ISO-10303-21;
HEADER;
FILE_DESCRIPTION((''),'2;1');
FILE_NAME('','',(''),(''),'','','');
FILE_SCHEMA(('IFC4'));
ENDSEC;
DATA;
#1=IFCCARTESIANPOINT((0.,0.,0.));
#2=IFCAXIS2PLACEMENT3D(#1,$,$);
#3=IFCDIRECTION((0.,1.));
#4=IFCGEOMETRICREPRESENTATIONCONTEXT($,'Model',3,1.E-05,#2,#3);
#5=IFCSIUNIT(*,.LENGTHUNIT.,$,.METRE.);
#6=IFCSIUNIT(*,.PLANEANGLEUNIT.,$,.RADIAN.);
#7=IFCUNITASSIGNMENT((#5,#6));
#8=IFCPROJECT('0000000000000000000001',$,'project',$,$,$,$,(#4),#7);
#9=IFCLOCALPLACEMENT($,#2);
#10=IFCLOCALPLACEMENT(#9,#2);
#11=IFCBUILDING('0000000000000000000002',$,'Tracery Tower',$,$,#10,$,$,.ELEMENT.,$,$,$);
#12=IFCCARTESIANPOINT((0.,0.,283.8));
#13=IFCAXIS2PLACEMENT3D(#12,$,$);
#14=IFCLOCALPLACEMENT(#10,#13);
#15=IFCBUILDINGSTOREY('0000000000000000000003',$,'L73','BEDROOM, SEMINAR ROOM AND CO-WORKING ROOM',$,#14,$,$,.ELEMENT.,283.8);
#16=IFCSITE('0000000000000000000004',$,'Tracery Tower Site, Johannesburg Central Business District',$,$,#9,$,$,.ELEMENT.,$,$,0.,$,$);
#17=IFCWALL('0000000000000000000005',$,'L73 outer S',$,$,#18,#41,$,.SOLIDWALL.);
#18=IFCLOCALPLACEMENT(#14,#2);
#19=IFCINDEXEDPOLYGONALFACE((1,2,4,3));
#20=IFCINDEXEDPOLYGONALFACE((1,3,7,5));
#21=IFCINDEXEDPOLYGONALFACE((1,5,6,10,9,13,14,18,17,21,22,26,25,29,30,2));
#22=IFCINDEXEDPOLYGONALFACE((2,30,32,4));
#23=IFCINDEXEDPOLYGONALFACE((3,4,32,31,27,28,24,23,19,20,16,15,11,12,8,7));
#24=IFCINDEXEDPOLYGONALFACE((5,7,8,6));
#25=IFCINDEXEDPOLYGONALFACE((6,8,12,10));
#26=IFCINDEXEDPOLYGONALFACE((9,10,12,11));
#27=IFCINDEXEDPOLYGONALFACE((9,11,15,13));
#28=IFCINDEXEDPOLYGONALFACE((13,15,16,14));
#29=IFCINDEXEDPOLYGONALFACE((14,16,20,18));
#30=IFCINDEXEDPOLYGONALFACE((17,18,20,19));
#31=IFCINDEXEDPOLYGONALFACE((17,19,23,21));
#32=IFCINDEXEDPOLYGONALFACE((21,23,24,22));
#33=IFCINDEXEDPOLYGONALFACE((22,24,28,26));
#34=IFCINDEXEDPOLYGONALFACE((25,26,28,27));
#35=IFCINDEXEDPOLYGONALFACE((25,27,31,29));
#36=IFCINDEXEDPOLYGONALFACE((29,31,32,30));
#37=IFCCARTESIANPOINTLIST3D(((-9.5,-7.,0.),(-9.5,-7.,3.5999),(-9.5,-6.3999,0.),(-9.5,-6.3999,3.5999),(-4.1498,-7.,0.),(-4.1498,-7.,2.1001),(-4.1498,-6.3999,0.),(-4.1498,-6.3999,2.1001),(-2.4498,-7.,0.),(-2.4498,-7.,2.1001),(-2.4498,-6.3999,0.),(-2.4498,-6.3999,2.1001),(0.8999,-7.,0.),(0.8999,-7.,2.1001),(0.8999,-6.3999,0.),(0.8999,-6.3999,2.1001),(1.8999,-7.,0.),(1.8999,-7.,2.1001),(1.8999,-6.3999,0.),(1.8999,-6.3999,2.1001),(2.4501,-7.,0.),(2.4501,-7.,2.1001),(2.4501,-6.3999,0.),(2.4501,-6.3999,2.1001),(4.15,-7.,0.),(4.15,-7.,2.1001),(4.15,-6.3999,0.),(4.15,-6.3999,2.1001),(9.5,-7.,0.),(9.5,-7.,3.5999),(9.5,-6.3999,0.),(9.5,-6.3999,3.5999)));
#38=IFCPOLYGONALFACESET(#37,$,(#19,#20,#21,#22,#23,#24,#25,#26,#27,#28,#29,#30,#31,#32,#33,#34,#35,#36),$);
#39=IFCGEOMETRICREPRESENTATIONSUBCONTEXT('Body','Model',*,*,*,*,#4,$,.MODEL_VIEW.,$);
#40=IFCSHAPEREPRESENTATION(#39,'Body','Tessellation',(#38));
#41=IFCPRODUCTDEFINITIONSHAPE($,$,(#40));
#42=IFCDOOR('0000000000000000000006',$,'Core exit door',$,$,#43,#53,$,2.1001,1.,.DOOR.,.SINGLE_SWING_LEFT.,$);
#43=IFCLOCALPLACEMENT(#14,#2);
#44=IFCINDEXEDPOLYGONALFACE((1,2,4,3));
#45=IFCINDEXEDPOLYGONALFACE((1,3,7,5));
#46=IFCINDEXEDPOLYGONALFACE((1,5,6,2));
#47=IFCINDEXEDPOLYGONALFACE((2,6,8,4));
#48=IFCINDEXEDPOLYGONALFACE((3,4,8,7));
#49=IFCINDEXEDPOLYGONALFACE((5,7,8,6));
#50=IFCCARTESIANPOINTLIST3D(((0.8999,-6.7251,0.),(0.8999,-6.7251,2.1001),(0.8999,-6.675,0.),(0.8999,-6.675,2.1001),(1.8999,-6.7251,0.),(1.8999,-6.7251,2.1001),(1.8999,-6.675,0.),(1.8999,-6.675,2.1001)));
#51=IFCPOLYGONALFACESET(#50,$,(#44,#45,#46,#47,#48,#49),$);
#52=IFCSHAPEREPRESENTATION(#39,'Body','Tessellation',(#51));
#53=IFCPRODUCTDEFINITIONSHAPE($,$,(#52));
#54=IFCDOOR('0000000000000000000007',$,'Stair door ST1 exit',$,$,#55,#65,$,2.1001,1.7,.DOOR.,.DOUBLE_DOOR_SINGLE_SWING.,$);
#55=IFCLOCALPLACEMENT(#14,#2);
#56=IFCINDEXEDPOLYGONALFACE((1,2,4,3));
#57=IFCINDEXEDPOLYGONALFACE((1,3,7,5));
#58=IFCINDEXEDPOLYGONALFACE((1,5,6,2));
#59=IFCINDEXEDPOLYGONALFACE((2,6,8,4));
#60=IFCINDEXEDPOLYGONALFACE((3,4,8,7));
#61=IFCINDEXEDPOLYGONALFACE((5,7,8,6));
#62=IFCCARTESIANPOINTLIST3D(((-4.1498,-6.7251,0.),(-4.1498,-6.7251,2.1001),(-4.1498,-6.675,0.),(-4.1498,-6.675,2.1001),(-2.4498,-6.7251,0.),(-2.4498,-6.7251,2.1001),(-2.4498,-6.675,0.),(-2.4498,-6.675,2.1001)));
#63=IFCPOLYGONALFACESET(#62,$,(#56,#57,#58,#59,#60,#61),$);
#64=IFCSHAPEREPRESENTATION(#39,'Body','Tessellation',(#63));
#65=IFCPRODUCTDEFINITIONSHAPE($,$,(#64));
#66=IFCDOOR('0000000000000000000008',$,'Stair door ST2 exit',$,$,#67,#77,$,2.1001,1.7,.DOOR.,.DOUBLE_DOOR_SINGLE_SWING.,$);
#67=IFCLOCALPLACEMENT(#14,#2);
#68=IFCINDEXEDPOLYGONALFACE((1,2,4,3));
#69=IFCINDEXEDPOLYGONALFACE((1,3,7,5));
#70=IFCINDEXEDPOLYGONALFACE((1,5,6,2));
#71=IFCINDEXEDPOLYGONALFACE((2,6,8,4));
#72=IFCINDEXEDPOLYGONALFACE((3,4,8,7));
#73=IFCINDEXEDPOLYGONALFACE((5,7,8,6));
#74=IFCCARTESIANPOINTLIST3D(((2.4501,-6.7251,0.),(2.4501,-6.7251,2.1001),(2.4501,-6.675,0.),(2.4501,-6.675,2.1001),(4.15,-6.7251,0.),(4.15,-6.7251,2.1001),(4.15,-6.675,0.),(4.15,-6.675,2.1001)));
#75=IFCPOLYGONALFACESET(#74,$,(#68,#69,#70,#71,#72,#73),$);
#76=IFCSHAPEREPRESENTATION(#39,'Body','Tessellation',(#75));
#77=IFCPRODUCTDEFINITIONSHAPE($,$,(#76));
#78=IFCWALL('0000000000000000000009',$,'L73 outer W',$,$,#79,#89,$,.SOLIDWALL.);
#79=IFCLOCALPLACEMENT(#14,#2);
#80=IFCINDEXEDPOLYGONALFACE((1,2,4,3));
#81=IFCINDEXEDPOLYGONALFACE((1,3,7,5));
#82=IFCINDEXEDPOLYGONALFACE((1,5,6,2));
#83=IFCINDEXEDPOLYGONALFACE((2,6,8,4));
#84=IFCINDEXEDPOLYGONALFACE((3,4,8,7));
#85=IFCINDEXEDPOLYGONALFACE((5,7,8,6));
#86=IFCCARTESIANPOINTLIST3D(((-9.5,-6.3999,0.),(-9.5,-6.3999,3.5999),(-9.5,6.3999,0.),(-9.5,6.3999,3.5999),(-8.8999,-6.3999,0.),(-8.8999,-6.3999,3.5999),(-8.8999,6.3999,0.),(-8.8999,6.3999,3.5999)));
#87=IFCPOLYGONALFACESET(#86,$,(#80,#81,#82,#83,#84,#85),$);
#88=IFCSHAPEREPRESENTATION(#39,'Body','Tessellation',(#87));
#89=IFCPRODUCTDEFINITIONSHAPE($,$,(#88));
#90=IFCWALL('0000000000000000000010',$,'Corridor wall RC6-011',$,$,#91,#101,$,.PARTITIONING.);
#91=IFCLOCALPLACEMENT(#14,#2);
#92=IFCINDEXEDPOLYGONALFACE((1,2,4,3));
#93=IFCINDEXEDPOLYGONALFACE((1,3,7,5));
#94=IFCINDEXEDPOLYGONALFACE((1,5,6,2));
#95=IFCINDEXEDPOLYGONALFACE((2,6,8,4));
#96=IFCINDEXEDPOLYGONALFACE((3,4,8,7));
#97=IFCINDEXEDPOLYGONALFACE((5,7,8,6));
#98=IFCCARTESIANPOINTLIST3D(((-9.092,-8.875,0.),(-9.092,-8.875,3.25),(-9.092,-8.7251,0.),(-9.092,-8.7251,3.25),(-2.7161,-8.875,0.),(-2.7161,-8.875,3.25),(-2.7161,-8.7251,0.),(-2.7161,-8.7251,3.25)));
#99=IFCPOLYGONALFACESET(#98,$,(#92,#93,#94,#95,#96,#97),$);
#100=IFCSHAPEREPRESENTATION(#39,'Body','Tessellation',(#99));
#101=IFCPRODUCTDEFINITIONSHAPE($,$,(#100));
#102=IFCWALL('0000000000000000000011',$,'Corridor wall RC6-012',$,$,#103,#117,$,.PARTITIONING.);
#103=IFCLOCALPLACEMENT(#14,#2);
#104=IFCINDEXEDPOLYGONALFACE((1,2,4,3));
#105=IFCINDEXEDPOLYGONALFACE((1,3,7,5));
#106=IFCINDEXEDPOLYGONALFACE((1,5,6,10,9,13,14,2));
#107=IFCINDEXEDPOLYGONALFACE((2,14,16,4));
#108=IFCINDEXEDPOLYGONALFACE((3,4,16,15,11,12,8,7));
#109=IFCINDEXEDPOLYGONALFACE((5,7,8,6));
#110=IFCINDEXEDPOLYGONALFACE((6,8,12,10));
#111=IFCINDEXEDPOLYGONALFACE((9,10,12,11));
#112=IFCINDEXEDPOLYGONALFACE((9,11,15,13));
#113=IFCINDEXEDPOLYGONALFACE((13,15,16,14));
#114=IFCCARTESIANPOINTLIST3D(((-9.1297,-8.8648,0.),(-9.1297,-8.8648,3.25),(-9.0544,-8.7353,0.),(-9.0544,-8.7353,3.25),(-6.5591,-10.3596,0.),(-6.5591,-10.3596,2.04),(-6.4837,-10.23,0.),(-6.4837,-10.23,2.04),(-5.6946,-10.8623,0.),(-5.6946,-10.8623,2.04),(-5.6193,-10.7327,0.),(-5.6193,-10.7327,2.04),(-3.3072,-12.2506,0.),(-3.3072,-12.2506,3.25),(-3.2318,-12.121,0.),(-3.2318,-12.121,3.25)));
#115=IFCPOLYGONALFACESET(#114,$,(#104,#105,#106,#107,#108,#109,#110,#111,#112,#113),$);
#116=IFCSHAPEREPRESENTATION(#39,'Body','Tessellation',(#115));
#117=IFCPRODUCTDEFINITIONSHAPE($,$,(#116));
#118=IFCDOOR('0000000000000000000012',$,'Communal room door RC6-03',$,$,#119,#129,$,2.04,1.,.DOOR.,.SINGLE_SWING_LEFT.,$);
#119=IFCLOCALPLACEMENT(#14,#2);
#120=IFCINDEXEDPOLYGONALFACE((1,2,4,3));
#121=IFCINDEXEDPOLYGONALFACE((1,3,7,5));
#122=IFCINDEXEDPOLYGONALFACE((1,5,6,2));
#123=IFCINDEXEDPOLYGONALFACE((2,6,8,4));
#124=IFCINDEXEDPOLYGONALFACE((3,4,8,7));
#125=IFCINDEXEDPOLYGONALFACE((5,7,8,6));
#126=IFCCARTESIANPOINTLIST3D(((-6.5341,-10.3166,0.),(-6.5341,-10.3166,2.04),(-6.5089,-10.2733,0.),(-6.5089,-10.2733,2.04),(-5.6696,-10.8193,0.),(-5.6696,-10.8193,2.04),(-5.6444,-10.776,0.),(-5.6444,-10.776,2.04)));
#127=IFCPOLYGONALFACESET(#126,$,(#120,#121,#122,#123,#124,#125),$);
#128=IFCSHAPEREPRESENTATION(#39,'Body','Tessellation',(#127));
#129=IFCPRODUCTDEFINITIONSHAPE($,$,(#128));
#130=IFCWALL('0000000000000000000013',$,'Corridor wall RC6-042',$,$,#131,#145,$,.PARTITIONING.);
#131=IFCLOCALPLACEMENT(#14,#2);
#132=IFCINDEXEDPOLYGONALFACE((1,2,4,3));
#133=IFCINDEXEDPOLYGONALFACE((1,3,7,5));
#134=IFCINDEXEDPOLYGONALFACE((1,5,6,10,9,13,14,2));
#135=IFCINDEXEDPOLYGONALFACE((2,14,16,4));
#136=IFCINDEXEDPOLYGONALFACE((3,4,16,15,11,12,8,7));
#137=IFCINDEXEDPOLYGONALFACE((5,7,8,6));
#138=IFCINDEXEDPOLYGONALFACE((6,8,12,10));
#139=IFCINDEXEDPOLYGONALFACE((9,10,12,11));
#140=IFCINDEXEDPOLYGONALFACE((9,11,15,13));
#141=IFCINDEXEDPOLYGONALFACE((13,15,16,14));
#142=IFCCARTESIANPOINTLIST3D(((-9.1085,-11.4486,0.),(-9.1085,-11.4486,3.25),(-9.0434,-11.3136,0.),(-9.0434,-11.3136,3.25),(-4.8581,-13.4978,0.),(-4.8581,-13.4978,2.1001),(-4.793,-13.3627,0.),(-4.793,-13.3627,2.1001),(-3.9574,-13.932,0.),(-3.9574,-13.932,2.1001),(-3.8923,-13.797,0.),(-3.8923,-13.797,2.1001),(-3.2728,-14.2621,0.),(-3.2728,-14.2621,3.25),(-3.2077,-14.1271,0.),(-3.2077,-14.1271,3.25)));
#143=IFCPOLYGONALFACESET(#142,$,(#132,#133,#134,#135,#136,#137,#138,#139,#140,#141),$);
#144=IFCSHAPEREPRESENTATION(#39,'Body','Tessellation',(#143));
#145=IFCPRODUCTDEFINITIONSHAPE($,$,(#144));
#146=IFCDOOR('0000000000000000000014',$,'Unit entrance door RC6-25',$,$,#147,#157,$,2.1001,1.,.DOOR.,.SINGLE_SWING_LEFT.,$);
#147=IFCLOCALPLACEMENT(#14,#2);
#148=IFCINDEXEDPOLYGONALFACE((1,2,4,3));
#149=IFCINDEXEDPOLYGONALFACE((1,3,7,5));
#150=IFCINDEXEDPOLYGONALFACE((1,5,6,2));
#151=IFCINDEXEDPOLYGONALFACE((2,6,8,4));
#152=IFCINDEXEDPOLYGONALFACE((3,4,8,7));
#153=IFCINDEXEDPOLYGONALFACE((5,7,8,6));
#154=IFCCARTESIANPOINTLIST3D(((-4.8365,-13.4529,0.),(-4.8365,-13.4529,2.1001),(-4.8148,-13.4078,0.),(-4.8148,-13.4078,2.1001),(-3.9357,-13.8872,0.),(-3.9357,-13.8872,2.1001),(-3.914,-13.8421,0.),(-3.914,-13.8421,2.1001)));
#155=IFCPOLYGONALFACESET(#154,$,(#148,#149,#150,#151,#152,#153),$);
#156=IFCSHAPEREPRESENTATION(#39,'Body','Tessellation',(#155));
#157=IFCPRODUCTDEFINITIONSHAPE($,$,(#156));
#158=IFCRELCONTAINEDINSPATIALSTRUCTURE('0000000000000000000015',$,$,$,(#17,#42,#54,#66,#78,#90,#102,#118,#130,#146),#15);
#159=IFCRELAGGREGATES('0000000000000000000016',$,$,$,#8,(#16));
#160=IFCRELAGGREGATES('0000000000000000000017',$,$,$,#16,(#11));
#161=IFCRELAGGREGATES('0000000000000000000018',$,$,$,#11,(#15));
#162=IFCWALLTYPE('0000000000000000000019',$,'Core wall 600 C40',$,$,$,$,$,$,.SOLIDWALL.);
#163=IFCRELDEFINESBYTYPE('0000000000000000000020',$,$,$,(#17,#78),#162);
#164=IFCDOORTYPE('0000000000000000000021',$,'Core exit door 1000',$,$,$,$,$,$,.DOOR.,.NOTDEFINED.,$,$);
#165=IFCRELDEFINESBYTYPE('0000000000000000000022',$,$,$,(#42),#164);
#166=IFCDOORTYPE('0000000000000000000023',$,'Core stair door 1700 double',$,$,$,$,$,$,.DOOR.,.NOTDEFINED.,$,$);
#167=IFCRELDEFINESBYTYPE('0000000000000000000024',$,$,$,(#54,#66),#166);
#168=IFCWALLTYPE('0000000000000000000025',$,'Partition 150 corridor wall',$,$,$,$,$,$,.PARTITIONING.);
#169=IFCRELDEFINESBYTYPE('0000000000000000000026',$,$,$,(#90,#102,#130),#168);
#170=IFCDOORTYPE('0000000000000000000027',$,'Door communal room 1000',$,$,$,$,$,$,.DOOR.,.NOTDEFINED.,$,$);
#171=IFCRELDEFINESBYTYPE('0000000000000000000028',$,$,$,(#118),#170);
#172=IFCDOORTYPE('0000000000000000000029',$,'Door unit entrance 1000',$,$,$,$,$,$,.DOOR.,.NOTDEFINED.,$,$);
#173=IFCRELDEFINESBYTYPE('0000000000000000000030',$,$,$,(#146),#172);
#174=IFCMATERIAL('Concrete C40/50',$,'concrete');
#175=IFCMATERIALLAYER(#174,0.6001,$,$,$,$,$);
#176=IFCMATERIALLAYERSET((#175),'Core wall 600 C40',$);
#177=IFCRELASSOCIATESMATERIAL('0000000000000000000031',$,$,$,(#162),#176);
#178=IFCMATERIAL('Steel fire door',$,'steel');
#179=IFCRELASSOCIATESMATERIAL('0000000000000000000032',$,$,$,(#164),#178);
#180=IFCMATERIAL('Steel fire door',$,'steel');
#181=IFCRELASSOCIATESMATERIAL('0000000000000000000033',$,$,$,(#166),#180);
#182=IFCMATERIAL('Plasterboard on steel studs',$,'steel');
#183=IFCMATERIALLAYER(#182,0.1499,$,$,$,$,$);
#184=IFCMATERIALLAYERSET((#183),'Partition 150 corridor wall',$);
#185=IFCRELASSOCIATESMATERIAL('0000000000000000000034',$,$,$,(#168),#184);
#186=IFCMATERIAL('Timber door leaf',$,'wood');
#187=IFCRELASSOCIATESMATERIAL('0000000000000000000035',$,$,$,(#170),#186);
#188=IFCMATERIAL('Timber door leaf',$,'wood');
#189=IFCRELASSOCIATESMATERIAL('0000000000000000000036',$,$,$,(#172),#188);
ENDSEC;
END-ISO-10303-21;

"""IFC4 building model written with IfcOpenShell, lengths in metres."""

from ifc_helpers import new_model, si_unit, direction, frame, frame_2d, origin, place, context, subcontext, project, spatial, rectangle, extrude, material, layer, layer_set, type_object, element, fill, save


model = new_model("IFC4")

# Units and contexts
model_context = context("Model", 3, precision=1e-05, world=origin(), true_north=direction((0.0, 1.0)))
body_context = subcontext(model_context, "Body", "Model", "MODEL_VIEW")
ifc_project = project(units=[si_unit("LENGTHUNIT", "METRE"), si_unit("PLANEANGLEUNIT", "RADIAN")], contexts=[model_context])

# Site, building, storey
site_placement = place(None, origin())
site = spatial("IfcSite", under=ifc_project, at=site_placement, Name="Tracery Tower Site, Johannesburg Central Business District", CompositionType="ELEMENT", RefElevation=0.0)
building_placement = place(site_placement, origin())
building = spatial("IfcBuilding", under=site, at=building_placement, Name="Tracery Tower", CompositionType="ELEMENT")
storey_placement = place(building_placement, frame((0.0, 0.0, 283.8)))
storey = spatial("IfcBuildingStorey", under=building, at=storey_placement, Name="L73", Description="BEDROOM, SEMINAR ROOM AND CO-WORKING ROOM", CompositionType="ELEMENT", Elevation=283.8)

# Wall, openings, doors
ifc_material_1 = material(Name="Concrete C40/50", Category="concrete")
ifc_layer_1 = layer(ifc_material_1, 0.6001)
ifc_layer_set_1 = layer_set([ifc_layer_1], Name="Core wall 600 C40")
wall_type_1 = type_object("IfcWallType", Name="Core wall 600 C40", PredefinedType="SOLIDWALL", material=ifc_layer_set_1)
wall_1_placement = place(storey_placement, frame((-9.5, -6.7, 0.0), z_axis=(0.0, 0.0, 1.0), x_axis=(1.0, 0.0, 0.0)))
wall_1 = element("IfcWall", 1, at=wall_1_placement, inside=storey, type_object=wall_type_1, Name="L73 outer S", PredefinedType="SOLIDWALL", context=body_context, shape_type="SweptSolid", body=[
    extrude(rectangle(XDim=19.0, YDim=0.6001, at=frame_2d((9.5, 0.0))), origin(), (0.0, 0.0, 1.0), 3.5999),
])
opening_1_placement = place(wall_1_placement, frame((10.3999, 0.0, 0.0)))
opening_1 = element("IfcOpeningElement", 2, at=opening_1_placement, cuts=wall_1, PredefinedType="OPENING", context=body_context, shape_type="SweptSolid", body=[
    extrude(rectangle(XDim=1.0, YDim=2.1001, at=frame_2d((0.5, 1.05))), frame((0.0, 0.3, 0.0), z_axis=(0.0, -1.0, 0.0), x_axis=(1.0, 0.0, 0.0)), (0.0, 0.0, 1.0), 0.6001),
])
opening_2_placement = place(wall_1_placement, frame((5.3501, 0.0, 0.0)))
opening_2 = element("IfcOpeningElement", 3, at=opening_2_placement, cuts=wall_1, PredefinedType="OPENING", context=body_context, shape_type="SweptSolid", body=[
    extrude(rectangle(XDim=1.7, YDim=2.1001, at=frame_2d((0.8501, 1.05))), frame((0.0, 0.3, 0.0), z_axis=(0.0, -1.0, 0.0), x_axis=(1.0, 0.0, 0.0)), (0.0, 0.0, 1.0), 0.6001),
])
opening_3_placement = place(wall_1_placement, frame((11.95, 0.0, 0.0)))
opening_3 = element("IfcOpeningElement", 4, at=opening_3_placement, cuts=wall_1, PredefinedType="OPENING", context=body_context, shape_type="SweptSolid", body=[
    extrude(rectangle(XDim=1.7, YDim=2.1001, at=frame_2d((0.8501, 1.05))), frame((0.0, 0.3, 0.0), z_axis=(0.0, -1.0, 0.0), x_axis=(1.0, 0.0, 0.0)), (0.0, 0.0, 1.0), 0.6001),
])
ifc_material_2 = material(Name="Steel fire door", Category="steel")
door_type_1 = type_object("IfcDoorType", Name="Core exit door 1000", OperationType="NOTDEFINED", PredefinedType="DOOR", material=ifc_material_2)
door_1_placement = place(opening_1_placement, origin())
door_1 = element("IfcDoor", 5, at=door_1_placement, inside=storey, type_object=door_type_1, Name="Core exit door", OperationType="SINGLE_SWING_LEFT", OverallHeight=2.1001, OverallWidth=1.0, PredefinedType="DOOR", context=body_context, shape_type="SweptSolid", body=[
    extrude(rectangle(XDim=1.0, YDim=2.1001, at=frame_2d((0.5, 1.05))), frame((0.0, 0.0249, 0.0), z_axis=(0.0, -1.0, 0.0), x_axis=(1.0, 0.0, 0.0)), (0.0, 0.0, 1.0), 0.05),
])
fill(opening_1, door_1)
ifc_material_3 = material(Name="Steel fire door", Category="steel")
door_type_2 = type_object("IfcDoorType", Name="Core stair door 1700 double", OperationType="NOTDEFINED", PredefinedType="DOOR", material=ifc_material_3)
door_2_placement = place(opening_2_placement, origin())
door_2 = element("IfcDoor", 6, at=door_2_placement, inside=storey, type_object=door_type_2, Name="Stair door ST1 exit", OperationType="DOUBLE_DOOR_SINGLE_SWING", OverallHeight=2.1001, OverallWidth=1.7, PredefinedType="DOOR", context=body_context, shape_type="SweptSolid", body=[
    extrude(rectangle(XDim=1.7, YDim=2.1001, at=frame_2d((0.8501, 1.05))), frame((0.0, 0.0249, 0.0), z_axis=(0.0, -1.0, 0.0), x_axis=(1.0, 0.0, 0.0)), (0.0, 0.0, 1.0), 0.05),
])
fill(opening_2, door_2)
door_3_placement = place(opening_3_placement, origin())
door_3 = element("IfcDoor", 7, at=door_3_placement, inside=storey, type_object=door_type_2, Name="Stair door ST2 exit", OperationType="DOUBLE_DOOR_SINGLE_SWING", OverallHeight=2.1001, OverallWidth=1.7, PredefinedType="DOOR", context=body_context, shape_type="SweptSolid", body=[
    extrude(rectangle(XDim=1.7, YDim=2.1001, at=frame_2d((0.8501, 1.05))), frame((0.0, 0.0249, 0.0), z_axis=(0.0, -1.0, 0.0), x_axis=(1.0, 0.0, 0.0)), (0.0, 0.0, 1.0), 0.05),
])
fill(opening_3, door_3)

# Walls
wall_2_placement = place(storey_placement, frame((-9.2, -6.3999, 0.0), z_axis=(0.0, 0.0, 1.0), x_axis=(0.0, 1.0, 0.0)))
element("IfcWall", 8, at=wall_2_placement, inside=storey, type_object=wall_type_1, Name="L73 outer W", PredefinedType="SOLIDWALL", context=body_context, shape_type="SweptSolid", body=[
    extrude(rectangle(XDim=12.7998, YDim=0.6001, at=frame_2d((6.3999, 0.0))), origin(), (0.0, 0.0, 1.0), 3.5999),
])
ifc_material_4 = material(Name="Plasterboard on steel studs", Category="steel")
ifc_layer_2 = layer(ifc_material_4, 0.1499)
ifc_layer_set_2 = layer_set([ifc_layer_2], Name="Partition 150 corridor wall")
wall_type_2 = type_object("IfcWallType", Name="Partition 150 corridor wall", PredefinedType="PARTITIONING", material=ifc_layer_set_2)
wall_3_placement = place(storey_placement, frame((-9.092, -8.8, 0.0), z_axis=(0.0, 0.0, 1.0), x_axis=(1.0, 0.0, 0.0)))
element("IfcWall", 9, at=wall_3_placement, inside=storey, type_object=wall_type_2, Name="Corridor wall RC6-011", PredefinedType="PARTITIONING", context=body_context, shape_type="SweptSolid", body=[
    extrude(rectangle(XDim=6.376, YDim=0.1499, at=frame_2d((3.188, 0.0))), origin(), (0.0, 0.0, 1.0), 3.25),
])

# Walls, openings, doors
wall_4_placement = place(storey_placement, frame((-9.092, -8.8, 0.0), z_axis=(0.0, 0.0, 1.0), x_axis=(0.864471, -0.502683, 0.0)))
wall_4 = element("IfcWall", 10, at=wall_4_placement, inside=storey, type_object=wall_type_2, Name="Corridor wall RC6-012", PredefinedType="PARTITIONING", context=body_context, shape_type="SweptSolid", body=[
    extrude(rectangle(XDim=6.7354, YDim=0.1499, at=frame_2d((3.3677, 0.0))), origin(), (0.0, 0.0, 1.0), 3.25),
])
opening_4_placement = place(wall_4_placement, frame((2.9736, 0.0, 0.0)))
opening_4 = element("IfcOpeningElement", 11, at=opening_4_placement, cuts=wall_4, PredefinedType="OPENING", context=body_context, shape_type="SweptSolid", body=[
    extrude(rectangle(XDim=1.0, YDim=2.04, at=frame_2d((0.5, 1.02))), frame((0.0, 0.075, 0.0), z_axis=(0.0, -1.0, 0.0), x_axis=(1.0, 0.0, 0.0)), (0.0, 0.0, 1.0), 0.1499),
])
ifc_material_5 = material(Name="Timber door leaf", Category="wood")
door_type_3 = type_object("IfcDoorType", Name="Door communal room 1000", OperationType="NOTDEFINED", PredefinedType="DOOR", material=ifc_material_5)
door_4_placement = place(opening_4_placement, origin())
door_4 = element("IfcDoor", 12, at=door_4_placement, inside=storey, type_object=door_type_3, Name="Communal room door RC6-03", OperationType="SINGLE_SWING_LEFT", OverallHeight=2.04, OverallWidth=1.0, PredefinedType="DOOR", context=body_context, shape_type="SweptSolid", body=[
    extrude(rectangle(XDim=1.0, YDim=2.04, at=frame_2d((0.5, 1.02))), frame((0.0, 0.0249, 0.0), z_axis=(0.0, -1.0, 0.0), x_axis=(1.0, 0.0, 0.0)), (0.0, 0.0, 1.0), 0.05),
])
fill(opening_4, door_4)
wall_5_placement = place(storey_placement, frame((-9.0759, -11.3811, 0.0), z_axis=(0.0, 0.0, 1.0), x_axis=(0.900778, -0.434279, 0.0)))
wall_5 = element("IfcWall", 13, at=wall_5_placement, inside=storey, type_object=wall_type_2, Name="Corridor wall RC6-042", PredefinedType="PARTITIONING", context=body_context, shape_type="SweptSolid", body=[
    extrude(rectangle(XDim=6.4785, YDim=0.1499, at=frame_2d((3.2393, 0.0))), origin(), (0.0, 0.0, 1.0), 3.25),
])
opening_5_placement = place(wall_5_placement, frame((4.7185, 0.0, 0.0)))
opening_5 = element("IfcOpeningElement", 14, at=opening_5_placement, cuts=wall_5, PredefinedType="OPENING", context=body_context, shape_type="SweptSolid", body=[
    extrude(rectangle(XDim=1.0, YDim=2.1001, at=frame_2d((0.5, 1.05))), frame((0.0, 0.075, 0.0), z_axis=(0.0, -1.0, 0.0), x_axis=(1.0, 0.0, 0.0)), (0.0, 0.0, 1.0), 0.1499),
])
ifc_material_6 = material(Name="Timber door leaf", Category="wood")
door_type_4 = type_object("IfcDoorType", Name="Door unit entrance 1000", OperationType="NOTDEFINED", PredefinedType="DOOR", material=ifc_material_6)
door_5_placement = place(opening_5_placement, origin())
door_5 = element("IfcDoor", 15, at=door_5_placement, inside=storey, type_object=door_type_4, Name="Unit entrance door RC6-25", OperationType="SINGLE_SWING_LEFT", OverallHeight=2.1001, OverallWidth=1.0, PredefinedType="DOOR", context=body_context, shape_type="SweptSolid", body=[
    extrude(rectangle(XDim=1.0, YDim=2.1001, at=frame_2d((0.5, 1.05))), frame((0.0, 0.0249, 0.0), z_axis=(0.0, -1.0, 0.0), x_axis=(1.0, 0.0, 0.0)), (0.0, 0.0, 1.0), 0.05),
])
fill(opening_5, door_5)

save(model, "model.ifc")
